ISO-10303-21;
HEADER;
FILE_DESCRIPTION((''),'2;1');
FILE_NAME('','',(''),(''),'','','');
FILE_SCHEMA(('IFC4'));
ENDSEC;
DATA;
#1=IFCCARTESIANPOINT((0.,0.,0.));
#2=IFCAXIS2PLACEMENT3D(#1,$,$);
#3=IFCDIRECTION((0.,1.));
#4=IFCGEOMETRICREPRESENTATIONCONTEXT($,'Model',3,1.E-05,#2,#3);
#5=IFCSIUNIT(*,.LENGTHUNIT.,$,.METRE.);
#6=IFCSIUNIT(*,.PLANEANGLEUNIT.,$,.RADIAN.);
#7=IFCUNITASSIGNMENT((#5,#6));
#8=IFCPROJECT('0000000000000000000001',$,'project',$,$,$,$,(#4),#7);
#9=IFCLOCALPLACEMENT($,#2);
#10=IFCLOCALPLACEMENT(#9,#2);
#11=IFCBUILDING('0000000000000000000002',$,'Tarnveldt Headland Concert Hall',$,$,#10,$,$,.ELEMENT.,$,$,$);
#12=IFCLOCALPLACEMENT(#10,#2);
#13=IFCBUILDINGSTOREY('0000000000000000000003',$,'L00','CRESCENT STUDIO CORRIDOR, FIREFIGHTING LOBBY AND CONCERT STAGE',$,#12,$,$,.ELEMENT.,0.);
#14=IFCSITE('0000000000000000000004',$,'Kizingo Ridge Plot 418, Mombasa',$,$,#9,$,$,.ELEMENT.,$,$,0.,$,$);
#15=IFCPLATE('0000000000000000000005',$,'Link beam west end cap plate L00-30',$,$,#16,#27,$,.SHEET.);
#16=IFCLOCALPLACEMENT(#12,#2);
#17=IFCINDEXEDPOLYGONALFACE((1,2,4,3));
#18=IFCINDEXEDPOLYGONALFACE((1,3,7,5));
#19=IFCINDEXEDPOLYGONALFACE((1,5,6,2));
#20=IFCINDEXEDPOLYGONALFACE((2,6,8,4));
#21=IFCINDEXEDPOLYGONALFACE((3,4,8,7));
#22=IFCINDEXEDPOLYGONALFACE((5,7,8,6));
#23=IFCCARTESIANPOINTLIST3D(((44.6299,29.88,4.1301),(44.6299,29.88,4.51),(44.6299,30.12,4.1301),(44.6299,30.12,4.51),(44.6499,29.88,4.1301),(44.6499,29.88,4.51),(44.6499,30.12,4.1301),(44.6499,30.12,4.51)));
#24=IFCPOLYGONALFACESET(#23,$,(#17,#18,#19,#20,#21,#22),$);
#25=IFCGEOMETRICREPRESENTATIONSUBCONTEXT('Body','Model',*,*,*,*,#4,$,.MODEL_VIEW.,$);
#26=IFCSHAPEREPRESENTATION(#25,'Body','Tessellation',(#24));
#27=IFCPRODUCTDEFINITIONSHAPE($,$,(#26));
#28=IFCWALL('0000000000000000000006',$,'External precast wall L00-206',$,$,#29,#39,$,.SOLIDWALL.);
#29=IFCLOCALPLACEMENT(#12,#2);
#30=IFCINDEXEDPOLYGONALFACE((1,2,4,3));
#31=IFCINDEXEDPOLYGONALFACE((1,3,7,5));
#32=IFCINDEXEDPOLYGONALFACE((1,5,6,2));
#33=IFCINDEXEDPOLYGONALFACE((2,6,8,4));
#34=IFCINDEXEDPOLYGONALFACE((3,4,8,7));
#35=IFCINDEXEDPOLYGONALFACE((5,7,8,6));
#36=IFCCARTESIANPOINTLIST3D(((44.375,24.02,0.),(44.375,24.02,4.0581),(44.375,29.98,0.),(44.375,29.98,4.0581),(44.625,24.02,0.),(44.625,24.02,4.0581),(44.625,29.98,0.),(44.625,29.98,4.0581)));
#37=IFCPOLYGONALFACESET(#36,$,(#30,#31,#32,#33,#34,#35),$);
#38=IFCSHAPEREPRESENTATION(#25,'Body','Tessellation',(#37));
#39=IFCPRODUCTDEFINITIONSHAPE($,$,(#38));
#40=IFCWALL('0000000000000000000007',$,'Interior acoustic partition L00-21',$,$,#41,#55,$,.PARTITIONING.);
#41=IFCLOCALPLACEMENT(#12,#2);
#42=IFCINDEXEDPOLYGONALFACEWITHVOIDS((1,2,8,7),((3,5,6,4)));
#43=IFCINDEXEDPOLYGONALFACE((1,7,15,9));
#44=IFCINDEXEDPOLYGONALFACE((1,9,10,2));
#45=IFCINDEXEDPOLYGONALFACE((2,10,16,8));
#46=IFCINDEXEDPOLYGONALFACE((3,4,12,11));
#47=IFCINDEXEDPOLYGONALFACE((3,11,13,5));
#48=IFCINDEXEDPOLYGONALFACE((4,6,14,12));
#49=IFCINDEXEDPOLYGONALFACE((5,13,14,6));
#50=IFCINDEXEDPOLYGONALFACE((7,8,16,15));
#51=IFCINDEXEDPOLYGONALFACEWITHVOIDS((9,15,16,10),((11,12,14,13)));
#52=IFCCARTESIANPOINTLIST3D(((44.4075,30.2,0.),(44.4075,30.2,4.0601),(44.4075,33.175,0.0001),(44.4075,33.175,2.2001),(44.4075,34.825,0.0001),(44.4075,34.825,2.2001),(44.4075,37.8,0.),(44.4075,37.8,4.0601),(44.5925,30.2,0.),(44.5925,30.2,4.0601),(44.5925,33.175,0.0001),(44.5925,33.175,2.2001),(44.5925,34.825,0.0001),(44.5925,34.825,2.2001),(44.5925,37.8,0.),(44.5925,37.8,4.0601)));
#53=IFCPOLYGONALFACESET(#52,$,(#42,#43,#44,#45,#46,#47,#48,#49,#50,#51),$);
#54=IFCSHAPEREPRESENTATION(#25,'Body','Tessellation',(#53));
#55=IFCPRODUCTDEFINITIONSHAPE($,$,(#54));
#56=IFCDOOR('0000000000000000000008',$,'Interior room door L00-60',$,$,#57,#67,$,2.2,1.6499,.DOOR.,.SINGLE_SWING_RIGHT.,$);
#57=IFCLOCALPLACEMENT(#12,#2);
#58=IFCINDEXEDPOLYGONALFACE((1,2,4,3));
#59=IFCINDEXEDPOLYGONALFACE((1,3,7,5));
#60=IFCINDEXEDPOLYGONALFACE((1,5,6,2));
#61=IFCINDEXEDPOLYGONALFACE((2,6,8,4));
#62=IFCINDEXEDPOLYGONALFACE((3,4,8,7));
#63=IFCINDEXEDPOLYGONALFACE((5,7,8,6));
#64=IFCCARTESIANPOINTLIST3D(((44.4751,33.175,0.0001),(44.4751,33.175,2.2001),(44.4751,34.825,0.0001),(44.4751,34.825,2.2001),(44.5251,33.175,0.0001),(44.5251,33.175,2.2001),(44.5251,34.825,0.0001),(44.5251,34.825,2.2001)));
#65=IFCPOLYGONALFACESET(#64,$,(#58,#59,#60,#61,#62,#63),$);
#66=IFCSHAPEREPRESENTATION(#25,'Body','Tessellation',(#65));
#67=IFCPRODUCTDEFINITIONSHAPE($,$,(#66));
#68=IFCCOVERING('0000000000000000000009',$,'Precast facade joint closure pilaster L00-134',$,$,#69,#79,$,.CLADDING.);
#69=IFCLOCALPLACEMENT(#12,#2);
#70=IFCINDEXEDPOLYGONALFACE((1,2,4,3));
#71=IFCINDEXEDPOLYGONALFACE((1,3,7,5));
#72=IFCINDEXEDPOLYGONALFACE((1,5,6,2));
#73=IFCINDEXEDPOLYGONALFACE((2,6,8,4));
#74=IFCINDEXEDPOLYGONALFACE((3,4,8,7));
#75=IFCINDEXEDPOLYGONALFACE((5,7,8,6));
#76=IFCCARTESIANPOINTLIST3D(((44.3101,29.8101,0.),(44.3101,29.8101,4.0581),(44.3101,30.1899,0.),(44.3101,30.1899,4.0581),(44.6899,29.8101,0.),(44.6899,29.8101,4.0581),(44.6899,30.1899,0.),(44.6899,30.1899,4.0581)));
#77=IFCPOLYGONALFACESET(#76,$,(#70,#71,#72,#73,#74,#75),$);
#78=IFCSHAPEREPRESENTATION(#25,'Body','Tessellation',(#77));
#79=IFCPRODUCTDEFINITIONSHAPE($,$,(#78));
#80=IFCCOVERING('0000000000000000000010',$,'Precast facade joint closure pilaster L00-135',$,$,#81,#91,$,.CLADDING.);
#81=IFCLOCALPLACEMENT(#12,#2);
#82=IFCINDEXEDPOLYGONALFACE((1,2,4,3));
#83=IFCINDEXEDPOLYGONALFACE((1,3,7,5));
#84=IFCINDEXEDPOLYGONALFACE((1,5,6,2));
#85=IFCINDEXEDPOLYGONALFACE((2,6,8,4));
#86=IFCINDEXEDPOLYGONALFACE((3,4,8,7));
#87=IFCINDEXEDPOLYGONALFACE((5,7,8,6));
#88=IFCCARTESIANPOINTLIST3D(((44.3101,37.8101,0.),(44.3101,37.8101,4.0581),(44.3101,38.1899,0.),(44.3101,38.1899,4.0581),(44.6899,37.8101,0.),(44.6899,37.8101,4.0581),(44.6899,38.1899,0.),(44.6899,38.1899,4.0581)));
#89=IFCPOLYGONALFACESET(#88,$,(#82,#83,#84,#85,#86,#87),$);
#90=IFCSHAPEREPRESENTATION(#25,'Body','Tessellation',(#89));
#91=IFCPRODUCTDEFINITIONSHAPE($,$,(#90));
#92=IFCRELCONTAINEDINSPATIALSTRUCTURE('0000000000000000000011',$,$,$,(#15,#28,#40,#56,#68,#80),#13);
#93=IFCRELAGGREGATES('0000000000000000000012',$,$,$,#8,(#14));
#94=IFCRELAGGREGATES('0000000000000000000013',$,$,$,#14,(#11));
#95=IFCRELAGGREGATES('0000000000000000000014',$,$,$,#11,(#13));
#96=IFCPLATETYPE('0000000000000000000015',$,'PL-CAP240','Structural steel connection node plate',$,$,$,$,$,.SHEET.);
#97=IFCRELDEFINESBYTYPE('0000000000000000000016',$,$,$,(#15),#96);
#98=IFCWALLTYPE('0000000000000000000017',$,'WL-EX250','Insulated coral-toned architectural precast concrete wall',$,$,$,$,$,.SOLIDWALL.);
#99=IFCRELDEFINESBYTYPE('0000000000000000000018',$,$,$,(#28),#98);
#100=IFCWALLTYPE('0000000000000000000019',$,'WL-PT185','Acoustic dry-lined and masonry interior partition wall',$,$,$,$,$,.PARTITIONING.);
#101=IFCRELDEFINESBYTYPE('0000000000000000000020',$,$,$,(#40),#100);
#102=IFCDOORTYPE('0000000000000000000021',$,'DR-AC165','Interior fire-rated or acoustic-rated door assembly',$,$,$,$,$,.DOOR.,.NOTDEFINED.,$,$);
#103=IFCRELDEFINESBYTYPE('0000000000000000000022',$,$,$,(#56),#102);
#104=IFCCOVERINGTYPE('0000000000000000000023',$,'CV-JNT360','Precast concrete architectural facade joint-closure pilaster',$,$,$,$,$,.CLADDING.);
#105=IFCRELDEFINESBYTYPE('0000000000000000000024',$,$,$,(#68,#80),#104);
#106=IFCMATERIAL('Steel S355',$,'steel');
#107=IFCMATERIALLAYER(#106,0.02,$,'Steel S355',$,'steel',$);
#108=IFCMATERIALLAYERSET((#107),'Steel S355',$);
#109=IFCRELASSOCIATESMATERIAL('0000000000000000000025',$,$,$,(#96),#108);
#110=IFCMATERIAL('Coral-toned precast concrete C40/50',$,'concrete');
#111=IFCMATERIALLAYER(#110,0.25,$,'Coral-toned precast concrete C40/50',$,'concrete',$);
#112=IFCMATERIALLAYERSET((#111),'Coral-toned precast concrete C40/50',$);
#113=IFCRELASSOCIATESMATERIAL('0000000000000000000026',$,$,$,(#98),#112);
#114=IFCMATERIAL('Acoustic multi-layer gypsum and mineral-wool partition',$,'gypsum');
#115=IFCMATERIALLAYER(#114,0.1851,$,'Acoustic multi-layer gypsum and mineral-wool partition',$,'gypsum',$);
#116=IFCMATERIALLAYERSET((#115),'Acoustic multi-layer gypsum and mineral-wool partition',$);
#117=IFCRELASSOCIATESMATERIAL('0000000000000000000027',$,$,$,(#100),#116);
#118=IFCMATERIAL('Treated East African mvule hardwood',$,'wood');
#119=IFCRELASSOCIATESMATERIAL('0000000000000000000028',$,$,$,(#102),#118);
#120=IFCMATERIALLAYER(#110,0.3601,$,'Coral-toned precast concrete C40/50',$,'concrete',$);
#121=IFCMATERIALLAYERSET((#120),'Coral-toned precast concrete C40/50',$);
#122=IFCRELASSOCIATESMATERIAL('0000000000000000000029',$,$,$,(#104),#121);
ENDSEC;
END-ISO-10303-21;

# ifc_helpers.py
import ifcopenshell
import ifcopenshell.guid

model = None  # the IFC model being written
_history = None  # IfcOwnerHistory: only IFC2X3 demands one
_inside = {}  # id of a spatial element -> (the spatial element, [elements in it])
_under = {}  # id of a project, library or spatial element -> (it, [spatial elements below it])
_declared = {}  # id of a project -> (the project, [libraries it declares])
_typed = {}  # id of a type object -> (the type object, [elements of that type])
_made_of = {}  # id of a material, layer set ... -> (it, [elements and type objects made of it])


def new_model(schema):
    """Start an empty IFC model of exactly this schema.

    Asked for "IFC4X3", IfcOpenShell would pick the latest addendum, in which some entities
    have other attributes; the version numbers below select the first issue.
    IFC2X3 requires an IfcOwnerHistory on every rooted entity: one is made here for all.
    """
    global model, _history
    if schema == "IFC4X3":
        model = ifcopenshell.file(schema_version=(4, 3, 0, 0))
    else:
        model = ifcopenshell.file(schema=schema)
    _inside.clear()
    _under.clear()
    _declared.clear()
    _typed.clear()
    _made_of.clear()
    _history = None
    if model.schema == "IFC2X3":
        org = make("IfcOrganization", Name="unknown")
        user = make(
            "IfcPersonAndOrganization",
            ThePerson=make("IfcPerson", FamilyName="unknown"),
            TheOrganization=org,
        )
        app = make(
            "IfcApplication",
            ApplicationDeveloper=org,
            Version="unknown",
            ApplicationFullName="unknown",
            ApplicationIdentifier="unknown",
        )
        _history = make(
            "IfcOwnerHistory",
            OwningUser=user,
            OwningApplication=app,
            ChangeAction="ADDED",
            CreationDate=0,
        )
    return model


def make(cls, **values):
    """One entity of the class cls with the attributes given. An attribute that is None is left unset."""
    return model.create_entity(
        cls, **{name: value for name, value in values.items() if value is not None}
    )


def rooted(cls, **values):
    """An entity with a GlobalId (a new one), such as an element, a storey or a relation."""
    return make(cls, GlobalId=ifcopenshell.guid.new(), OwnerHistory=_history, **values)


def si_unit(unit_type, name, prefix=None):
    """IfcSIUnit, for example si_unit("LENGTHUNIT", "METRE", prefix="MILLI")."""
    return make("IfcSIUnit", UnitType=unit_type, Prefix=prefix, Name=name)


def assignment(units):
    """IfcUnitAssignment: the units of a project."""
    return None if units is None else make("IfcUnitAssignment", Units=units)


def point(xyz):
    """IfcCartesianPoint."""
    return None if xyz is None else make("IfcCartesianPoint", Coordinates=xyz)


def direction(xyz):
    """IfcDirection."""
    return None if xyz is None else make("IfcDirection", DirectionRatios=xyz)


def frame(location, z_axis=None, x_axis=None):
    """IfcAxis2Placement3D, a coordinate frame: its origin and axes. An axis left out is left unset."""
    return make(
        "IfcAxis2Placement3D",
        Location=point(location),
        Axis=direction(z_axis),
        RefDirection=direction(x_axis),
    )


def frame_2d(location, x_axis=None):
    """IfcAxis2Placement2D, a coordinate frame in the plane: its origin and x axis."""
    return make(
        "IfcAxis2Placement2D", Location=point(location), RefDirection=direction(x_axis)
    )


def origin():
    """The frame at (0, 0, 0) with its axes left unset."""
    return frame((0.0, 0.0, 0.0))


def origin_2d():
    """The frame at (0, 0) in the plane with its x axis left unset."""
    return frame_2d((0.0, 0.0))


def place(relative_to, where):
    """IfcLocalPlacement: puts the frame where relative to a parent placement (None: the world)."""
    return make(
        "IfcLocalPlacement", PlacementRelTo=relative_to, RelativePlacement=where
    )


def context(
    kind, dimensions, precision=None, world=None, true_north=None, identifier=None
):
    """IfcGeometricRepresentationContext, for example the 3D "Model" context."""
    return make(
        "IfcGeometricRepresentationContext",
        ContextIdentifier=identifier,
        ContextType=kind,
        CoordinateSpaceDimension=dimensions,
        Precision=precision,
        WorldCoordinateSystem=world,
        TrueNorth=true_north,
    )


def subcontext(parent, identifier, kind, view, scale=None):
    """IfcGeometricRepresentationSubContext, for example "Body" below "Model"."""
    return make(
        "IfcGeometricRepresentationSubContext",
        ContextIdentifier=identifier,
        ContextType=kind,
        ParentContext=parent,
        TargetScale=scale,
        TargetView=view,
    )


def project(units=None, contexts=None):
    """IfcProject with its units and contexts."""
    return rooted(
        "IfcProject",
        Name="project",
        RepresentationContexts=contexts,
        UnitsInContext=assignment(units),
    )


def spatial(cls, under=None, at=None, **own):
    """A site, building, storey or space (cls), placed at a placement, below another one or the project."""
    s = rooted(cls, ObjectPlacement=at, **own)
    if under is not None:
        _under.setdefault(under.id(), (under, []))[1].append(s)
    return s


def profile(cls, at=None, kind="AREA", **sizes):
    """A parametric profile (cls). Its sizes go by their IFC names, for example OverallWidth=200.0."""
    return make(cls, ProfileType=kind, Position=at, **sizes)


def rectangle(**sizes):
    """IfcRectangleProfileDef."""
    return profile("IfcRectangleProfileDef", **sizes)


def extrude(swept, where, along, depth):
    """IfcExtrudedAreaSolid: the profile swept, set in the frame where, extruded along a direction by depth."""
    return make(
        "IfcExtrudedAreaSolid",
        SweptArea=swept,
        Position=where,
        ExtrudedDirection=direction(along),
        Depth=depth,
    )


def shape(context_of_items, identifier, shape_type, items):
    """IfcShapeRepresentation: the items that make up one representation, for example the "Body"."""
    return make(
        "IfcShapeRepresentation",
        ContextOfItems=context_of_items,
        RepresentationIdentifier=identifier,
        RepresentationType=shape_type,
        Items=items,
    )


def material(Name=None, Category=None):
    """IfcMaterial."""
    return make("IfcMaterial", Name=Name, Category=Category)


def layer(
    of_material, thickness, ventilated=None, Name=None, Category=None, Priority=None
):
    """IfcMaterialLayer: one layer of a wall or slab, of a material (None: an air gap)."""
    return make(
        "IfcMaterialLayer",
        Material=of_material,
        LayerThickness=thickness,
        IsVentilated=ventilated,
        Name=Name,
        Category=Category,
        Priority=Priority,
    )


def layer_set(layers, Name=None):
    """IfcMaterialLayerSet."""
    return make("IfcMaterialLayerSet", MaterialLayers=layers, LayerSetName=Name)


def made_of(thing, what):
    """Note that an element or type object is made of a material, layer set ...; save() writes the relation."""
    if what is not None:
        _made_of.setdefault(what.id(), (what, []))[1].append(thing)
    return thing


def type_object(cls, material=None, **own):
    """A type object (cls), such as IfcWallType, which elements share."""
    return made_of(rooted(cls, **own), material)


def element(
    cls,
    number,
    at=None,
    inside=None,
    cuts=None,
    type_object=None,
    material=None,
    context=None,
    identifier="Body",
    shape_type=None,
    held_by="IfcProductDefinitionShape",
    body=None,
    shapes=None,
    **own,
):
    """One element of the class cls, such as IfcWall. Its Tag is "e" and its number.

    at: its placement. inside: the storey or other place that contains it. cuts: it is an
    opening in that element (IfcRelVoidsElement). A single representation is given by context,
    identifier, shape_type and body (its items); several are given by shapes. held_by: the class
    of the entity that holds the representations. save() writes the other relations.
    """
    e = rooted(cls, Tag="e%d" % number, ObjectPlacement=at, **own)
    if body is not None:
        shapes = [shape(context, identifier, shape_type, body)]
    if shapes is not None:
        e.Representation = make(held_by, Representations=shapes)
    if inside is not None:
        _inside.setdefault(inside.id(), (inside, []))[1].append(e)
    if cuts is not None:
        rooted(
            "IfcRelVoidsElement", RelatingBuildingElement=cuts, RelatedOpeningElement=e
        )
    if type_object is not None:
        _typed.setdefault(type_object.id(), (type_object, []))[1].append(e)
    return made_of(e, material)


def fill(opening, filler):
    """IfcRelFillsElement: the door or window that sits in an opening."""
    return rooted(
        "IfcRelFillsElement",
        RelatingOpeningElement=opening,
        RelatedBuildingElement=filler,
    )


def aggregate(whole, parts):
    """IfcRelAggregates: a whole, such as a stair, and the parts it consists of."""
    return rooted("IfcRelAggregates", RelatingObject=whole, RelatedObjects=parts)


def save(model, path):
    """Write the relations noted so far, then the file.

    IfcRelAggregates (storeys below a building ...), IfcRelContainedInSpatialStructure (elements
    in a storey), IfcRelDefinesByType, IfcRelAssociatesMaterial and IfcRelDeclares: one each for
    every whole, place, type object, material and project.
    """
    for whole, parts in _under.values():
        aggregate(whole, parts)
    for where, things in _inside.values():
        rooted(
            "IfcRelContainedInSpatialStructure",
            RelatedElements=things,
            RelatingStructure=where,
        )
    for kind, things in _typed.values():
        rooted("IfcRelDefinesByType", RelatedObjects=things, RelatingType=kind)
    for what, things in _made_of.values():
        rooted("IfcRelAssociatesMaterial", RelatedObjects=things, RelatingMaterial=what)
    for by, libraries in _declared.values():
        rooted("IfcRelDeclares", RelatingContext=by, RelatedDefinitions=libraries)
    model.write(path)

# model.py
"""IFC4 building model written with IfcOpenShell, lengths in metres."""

from ifc_helpers import new_model, si_unit, direction, frame, frame_2d, origin, origin_2d, place, context, subcontext, project, spatial, rectangle, extrude, material, layer, layer_set, type_object, element, fill, save


model = new_model("IFC4")

# Units and contexts
model_context = context("Model", 3, precision=1e-05, world=origin(), true_north=direction((0.0, 1.0)))
body_context = subcontext(model_context, "Body", "Model", "MODEL_VIEW")
ifc_project = project(units=[si_unit("LENGTHUNIT", "METRE"), si_unit("PLANEANGLEUNIT", "RADIAN")], contexts=[model_context])

# Site, building, storey
site_placement = place(None, origin())
site = spatial("IfcSite", under=ifc_project, at=site_placement, Name="Kizingo Ridge Plot 418, Mombasa", CompositionType="ELEMENT", RefElevation=0.0)
building_placement = place(site_placement, origin())
building = spatial("IfcBuilding", under=site, at=building_placement, Name="Tarnveldt Headland Concert Hall", CompositionType="ELEMENT")
storey_placement = place(building_placement, origin())
storey = spatial("IfcBuildingStorey", under=building, at=storey_placement, Name="L00", Description="CRESCENT STUDIO CORRIDOR, FIREFIGHTING LOBBY AND CONCERT STAGE", CompositionType="ELEMENT", Elevation=0.0)

# Shared definitions
ifc_material_1 = material(Name="Steel S355", Category="steel")

# Plate
ifc_layer_1 = layer(ifc_material_1, 0.02, Name="Steel S355", Category="steel")
ifc_layer_set_1 = layer_set([ifc_layer_1], Name="Steel S355")
plate_type = type_object("IfcPlateType", Name="PL-CAP240", Description="Structural steel connection node plate", PredefinedType="SHEET", material=ifc_layer_set_1)
plate_placement = place(storey_placement, frame((44.6399, 30.0, 4.1301), z_axis=(0.0, 0.0, 1.0), x_axis=(1.0, 0.0, 0.0)))
element("IfcPlate", 1, at=plate_placement, inside=storey, type_object=plate_type, Name="Link beam west end cap plate L00-30", PredefinedType="SHEET", context=body_context, shape_type="SweptSolid", body=[
    extrude(rectangle(XDim=0.02, YDim=0.24, at=origin_2d()), origin(), (0.0, 0.0, 1.0), 0.3799),
])

# Wall
ifc_material_2 = material(Name="Coral-toned precast concrete C40/50", Category="concrete")
ifc_layer_2 = layer(ifc_material_2, 0.25, Name="Coral-toned precast concrete C40/50", Category="concrete")
ifc_layer_set_2 = layer_set([ifc_layer_2], Name="Coral-toned precast concrete C40/50")
wall_type_1 = type_object("IfcWallType", Name="WL-EX250", Description="Insulated coral-toned architectural precast concrete wall", PredefinedType="SOLIDWALL", material=ifc_layer_set_2)
wall_1_placement = place(storey_placement, frame((44.5, 29.98, 0.0), z_axis=(0.0, 0.0, 1.0), x_axis=(0.0, -1.0, 0.0)))
element("IfcWall", 2, at=wall_1_placement, inside=storey, type_object=wall_type_1, Name="External precast wall L00-206", PredefinedType="SOLIDWALL", context=body_context, shape_type="SweptSolid", body=[
    extrude(rectangle(XDim=5.96, YDim=0.25, at=frame_2d((2.98, 0.0))), origin(), (0.0, 0.0, 1.0), 4.0581),
])

# Wall, opening, door
ifc_material_3 = material(Name="Acoustic multi-layer gypsum and mineral-wool partition", Category="gypsum")
ifc_layer_3 = layer(ifc_material_3, 0.1851, Name="Acoustic multi-layer gypsum and mineral-wool partition", Category="gypsum")
ifc_layer_set_3 = layer_set([ifc_layer_3], Name="Acoustic multi-layer gypsum and mineral-wool partition")
wall_type_2 = type_object("IfcWallType", Name="WL-PT185", Description="Acoustic dry-lined and masonry interior partition wall", PredefinedType="PARTITIONING", material=ifc_layer_set_3)
wall_2_placement = place(storey_placement, frame((44.5, 30.2, 0.0), z_axis=(0.0, 0.0, 1.0), x_axis=(0.0, 1.0, 0.0)))
wall_2 = element("IfcWall", 3, at=wall_2_placement, inside=storey, type_object=wall_type_2, Name="Interior acoustic partition L00-21", PredefinedType="PARTITIONING", context=body_context, shape_type="SweptSolid", body=[
    extrude(rectangle(XDim=7.6001, YDim=0.1851, at=frame_2d((3.8, 0.0))), origin(), (0.0, 0.0, 1.0), 4.0601),
])
opening_1_placement = place(wall_2_placement, frame((2.9751, 0.0, 0.0)))
opening_1 = element("IfcOpeningElement", 4, at=opening_1_placement, cuts=wall_2, PredefinedType="OPENING", context=body_context, shape_type="SweptSolid", body=[
    extrude(rectangle(XDim=1.6499, YDim=2.2, at=frame_2d((0.825, 1.1001))), frame((0.0, 0.1025, 0.0), z_axis=(0.0, -1.0, 0.0), x_axis=(1.0, 0.0, 0.0)), (0.0, 0.0, 1.0), 0.2051),
])
ifc_material_4 = material(Name="Treated East African mvule hardwood", Category="wood")
door_type_1 = type_object("IfcDoorType", Name="DR-AC165", Description="Interior fire-rated or acoustic-rated door assembly", OperationType="NOTDEFINED", PredefinedType="DOOR", material=ifc_material_4)
door_1_placement = place(opening_1_placement, origin())
door_1 = element("IfcDoor", 5, at=door_1_placement, inside=storey, type_object=door_type_1, Name="Interior room door L00-60", OperationType="SINGLE_SWING_RIGHT", OverallHeight=2.2, OverallWidth=1.6499, PredefinedType="DOOR", context=body_context, shape_type="SweptSolid", body=[
    extrude(rectangle(XDim=1.6499, YDim=2.2, at=frame_2d((0.825, 1.1001))), frame((0.0, 0.0249, 0.0), z_axis=(0.0, -1.0, 0.0), x_axis=(1.0, 0.0, 0.0)), (0.0, 0.0, 1.0), 0.05),
])
fill(opening_1, door_1)

# Coverings
ifc_layer_4 = layer(ifc_material_2, 0.3601, Name="Coral-toned precast concrete C40/50", Category="concrete")
ifc_layer_set_4 = layer_set([ifc_layer_4], Name="Coral-toned precast concrete C40/50")
covering_type = type_object("IfcCoveringType", Name="CV-JNT360", Description="Precast concrete architectural facade joint-closure pilaster", PredefinedType="CLADDING", material=ifc_layer_set_4)
for number, where, z_axis, x_axis, name in (
    (6, (44.5, 30.0, 0.0), (0.0, 0.0, 1.0), (0.0, -1.0, 0.0), "Precast facade joint closure pilaster L00-134"),
    (7, (44.5, 38.0, 0.0), (0.0, 0.0, 1.0), (1.0, 0.0, 0.0), "Precast facade joint closure pilaster L00-135"),
):
    element("IfcCovering", number, at=place(storey_placement, frame(where, z_axis=z_axis, x_axis=x_axis)), inside=storey, type_object=covering_type, Name=name, PredefinedType="CLADDING", context=body_context, shape_type="SweptSolid", body=[
        extrude(rectangle(XDim=0.3799, YDim=0.3799, at=origin_2d()), origin(), (0.0, 0.0, 1.0), 4.0581),
    ])

save(model, "model.ifc")
